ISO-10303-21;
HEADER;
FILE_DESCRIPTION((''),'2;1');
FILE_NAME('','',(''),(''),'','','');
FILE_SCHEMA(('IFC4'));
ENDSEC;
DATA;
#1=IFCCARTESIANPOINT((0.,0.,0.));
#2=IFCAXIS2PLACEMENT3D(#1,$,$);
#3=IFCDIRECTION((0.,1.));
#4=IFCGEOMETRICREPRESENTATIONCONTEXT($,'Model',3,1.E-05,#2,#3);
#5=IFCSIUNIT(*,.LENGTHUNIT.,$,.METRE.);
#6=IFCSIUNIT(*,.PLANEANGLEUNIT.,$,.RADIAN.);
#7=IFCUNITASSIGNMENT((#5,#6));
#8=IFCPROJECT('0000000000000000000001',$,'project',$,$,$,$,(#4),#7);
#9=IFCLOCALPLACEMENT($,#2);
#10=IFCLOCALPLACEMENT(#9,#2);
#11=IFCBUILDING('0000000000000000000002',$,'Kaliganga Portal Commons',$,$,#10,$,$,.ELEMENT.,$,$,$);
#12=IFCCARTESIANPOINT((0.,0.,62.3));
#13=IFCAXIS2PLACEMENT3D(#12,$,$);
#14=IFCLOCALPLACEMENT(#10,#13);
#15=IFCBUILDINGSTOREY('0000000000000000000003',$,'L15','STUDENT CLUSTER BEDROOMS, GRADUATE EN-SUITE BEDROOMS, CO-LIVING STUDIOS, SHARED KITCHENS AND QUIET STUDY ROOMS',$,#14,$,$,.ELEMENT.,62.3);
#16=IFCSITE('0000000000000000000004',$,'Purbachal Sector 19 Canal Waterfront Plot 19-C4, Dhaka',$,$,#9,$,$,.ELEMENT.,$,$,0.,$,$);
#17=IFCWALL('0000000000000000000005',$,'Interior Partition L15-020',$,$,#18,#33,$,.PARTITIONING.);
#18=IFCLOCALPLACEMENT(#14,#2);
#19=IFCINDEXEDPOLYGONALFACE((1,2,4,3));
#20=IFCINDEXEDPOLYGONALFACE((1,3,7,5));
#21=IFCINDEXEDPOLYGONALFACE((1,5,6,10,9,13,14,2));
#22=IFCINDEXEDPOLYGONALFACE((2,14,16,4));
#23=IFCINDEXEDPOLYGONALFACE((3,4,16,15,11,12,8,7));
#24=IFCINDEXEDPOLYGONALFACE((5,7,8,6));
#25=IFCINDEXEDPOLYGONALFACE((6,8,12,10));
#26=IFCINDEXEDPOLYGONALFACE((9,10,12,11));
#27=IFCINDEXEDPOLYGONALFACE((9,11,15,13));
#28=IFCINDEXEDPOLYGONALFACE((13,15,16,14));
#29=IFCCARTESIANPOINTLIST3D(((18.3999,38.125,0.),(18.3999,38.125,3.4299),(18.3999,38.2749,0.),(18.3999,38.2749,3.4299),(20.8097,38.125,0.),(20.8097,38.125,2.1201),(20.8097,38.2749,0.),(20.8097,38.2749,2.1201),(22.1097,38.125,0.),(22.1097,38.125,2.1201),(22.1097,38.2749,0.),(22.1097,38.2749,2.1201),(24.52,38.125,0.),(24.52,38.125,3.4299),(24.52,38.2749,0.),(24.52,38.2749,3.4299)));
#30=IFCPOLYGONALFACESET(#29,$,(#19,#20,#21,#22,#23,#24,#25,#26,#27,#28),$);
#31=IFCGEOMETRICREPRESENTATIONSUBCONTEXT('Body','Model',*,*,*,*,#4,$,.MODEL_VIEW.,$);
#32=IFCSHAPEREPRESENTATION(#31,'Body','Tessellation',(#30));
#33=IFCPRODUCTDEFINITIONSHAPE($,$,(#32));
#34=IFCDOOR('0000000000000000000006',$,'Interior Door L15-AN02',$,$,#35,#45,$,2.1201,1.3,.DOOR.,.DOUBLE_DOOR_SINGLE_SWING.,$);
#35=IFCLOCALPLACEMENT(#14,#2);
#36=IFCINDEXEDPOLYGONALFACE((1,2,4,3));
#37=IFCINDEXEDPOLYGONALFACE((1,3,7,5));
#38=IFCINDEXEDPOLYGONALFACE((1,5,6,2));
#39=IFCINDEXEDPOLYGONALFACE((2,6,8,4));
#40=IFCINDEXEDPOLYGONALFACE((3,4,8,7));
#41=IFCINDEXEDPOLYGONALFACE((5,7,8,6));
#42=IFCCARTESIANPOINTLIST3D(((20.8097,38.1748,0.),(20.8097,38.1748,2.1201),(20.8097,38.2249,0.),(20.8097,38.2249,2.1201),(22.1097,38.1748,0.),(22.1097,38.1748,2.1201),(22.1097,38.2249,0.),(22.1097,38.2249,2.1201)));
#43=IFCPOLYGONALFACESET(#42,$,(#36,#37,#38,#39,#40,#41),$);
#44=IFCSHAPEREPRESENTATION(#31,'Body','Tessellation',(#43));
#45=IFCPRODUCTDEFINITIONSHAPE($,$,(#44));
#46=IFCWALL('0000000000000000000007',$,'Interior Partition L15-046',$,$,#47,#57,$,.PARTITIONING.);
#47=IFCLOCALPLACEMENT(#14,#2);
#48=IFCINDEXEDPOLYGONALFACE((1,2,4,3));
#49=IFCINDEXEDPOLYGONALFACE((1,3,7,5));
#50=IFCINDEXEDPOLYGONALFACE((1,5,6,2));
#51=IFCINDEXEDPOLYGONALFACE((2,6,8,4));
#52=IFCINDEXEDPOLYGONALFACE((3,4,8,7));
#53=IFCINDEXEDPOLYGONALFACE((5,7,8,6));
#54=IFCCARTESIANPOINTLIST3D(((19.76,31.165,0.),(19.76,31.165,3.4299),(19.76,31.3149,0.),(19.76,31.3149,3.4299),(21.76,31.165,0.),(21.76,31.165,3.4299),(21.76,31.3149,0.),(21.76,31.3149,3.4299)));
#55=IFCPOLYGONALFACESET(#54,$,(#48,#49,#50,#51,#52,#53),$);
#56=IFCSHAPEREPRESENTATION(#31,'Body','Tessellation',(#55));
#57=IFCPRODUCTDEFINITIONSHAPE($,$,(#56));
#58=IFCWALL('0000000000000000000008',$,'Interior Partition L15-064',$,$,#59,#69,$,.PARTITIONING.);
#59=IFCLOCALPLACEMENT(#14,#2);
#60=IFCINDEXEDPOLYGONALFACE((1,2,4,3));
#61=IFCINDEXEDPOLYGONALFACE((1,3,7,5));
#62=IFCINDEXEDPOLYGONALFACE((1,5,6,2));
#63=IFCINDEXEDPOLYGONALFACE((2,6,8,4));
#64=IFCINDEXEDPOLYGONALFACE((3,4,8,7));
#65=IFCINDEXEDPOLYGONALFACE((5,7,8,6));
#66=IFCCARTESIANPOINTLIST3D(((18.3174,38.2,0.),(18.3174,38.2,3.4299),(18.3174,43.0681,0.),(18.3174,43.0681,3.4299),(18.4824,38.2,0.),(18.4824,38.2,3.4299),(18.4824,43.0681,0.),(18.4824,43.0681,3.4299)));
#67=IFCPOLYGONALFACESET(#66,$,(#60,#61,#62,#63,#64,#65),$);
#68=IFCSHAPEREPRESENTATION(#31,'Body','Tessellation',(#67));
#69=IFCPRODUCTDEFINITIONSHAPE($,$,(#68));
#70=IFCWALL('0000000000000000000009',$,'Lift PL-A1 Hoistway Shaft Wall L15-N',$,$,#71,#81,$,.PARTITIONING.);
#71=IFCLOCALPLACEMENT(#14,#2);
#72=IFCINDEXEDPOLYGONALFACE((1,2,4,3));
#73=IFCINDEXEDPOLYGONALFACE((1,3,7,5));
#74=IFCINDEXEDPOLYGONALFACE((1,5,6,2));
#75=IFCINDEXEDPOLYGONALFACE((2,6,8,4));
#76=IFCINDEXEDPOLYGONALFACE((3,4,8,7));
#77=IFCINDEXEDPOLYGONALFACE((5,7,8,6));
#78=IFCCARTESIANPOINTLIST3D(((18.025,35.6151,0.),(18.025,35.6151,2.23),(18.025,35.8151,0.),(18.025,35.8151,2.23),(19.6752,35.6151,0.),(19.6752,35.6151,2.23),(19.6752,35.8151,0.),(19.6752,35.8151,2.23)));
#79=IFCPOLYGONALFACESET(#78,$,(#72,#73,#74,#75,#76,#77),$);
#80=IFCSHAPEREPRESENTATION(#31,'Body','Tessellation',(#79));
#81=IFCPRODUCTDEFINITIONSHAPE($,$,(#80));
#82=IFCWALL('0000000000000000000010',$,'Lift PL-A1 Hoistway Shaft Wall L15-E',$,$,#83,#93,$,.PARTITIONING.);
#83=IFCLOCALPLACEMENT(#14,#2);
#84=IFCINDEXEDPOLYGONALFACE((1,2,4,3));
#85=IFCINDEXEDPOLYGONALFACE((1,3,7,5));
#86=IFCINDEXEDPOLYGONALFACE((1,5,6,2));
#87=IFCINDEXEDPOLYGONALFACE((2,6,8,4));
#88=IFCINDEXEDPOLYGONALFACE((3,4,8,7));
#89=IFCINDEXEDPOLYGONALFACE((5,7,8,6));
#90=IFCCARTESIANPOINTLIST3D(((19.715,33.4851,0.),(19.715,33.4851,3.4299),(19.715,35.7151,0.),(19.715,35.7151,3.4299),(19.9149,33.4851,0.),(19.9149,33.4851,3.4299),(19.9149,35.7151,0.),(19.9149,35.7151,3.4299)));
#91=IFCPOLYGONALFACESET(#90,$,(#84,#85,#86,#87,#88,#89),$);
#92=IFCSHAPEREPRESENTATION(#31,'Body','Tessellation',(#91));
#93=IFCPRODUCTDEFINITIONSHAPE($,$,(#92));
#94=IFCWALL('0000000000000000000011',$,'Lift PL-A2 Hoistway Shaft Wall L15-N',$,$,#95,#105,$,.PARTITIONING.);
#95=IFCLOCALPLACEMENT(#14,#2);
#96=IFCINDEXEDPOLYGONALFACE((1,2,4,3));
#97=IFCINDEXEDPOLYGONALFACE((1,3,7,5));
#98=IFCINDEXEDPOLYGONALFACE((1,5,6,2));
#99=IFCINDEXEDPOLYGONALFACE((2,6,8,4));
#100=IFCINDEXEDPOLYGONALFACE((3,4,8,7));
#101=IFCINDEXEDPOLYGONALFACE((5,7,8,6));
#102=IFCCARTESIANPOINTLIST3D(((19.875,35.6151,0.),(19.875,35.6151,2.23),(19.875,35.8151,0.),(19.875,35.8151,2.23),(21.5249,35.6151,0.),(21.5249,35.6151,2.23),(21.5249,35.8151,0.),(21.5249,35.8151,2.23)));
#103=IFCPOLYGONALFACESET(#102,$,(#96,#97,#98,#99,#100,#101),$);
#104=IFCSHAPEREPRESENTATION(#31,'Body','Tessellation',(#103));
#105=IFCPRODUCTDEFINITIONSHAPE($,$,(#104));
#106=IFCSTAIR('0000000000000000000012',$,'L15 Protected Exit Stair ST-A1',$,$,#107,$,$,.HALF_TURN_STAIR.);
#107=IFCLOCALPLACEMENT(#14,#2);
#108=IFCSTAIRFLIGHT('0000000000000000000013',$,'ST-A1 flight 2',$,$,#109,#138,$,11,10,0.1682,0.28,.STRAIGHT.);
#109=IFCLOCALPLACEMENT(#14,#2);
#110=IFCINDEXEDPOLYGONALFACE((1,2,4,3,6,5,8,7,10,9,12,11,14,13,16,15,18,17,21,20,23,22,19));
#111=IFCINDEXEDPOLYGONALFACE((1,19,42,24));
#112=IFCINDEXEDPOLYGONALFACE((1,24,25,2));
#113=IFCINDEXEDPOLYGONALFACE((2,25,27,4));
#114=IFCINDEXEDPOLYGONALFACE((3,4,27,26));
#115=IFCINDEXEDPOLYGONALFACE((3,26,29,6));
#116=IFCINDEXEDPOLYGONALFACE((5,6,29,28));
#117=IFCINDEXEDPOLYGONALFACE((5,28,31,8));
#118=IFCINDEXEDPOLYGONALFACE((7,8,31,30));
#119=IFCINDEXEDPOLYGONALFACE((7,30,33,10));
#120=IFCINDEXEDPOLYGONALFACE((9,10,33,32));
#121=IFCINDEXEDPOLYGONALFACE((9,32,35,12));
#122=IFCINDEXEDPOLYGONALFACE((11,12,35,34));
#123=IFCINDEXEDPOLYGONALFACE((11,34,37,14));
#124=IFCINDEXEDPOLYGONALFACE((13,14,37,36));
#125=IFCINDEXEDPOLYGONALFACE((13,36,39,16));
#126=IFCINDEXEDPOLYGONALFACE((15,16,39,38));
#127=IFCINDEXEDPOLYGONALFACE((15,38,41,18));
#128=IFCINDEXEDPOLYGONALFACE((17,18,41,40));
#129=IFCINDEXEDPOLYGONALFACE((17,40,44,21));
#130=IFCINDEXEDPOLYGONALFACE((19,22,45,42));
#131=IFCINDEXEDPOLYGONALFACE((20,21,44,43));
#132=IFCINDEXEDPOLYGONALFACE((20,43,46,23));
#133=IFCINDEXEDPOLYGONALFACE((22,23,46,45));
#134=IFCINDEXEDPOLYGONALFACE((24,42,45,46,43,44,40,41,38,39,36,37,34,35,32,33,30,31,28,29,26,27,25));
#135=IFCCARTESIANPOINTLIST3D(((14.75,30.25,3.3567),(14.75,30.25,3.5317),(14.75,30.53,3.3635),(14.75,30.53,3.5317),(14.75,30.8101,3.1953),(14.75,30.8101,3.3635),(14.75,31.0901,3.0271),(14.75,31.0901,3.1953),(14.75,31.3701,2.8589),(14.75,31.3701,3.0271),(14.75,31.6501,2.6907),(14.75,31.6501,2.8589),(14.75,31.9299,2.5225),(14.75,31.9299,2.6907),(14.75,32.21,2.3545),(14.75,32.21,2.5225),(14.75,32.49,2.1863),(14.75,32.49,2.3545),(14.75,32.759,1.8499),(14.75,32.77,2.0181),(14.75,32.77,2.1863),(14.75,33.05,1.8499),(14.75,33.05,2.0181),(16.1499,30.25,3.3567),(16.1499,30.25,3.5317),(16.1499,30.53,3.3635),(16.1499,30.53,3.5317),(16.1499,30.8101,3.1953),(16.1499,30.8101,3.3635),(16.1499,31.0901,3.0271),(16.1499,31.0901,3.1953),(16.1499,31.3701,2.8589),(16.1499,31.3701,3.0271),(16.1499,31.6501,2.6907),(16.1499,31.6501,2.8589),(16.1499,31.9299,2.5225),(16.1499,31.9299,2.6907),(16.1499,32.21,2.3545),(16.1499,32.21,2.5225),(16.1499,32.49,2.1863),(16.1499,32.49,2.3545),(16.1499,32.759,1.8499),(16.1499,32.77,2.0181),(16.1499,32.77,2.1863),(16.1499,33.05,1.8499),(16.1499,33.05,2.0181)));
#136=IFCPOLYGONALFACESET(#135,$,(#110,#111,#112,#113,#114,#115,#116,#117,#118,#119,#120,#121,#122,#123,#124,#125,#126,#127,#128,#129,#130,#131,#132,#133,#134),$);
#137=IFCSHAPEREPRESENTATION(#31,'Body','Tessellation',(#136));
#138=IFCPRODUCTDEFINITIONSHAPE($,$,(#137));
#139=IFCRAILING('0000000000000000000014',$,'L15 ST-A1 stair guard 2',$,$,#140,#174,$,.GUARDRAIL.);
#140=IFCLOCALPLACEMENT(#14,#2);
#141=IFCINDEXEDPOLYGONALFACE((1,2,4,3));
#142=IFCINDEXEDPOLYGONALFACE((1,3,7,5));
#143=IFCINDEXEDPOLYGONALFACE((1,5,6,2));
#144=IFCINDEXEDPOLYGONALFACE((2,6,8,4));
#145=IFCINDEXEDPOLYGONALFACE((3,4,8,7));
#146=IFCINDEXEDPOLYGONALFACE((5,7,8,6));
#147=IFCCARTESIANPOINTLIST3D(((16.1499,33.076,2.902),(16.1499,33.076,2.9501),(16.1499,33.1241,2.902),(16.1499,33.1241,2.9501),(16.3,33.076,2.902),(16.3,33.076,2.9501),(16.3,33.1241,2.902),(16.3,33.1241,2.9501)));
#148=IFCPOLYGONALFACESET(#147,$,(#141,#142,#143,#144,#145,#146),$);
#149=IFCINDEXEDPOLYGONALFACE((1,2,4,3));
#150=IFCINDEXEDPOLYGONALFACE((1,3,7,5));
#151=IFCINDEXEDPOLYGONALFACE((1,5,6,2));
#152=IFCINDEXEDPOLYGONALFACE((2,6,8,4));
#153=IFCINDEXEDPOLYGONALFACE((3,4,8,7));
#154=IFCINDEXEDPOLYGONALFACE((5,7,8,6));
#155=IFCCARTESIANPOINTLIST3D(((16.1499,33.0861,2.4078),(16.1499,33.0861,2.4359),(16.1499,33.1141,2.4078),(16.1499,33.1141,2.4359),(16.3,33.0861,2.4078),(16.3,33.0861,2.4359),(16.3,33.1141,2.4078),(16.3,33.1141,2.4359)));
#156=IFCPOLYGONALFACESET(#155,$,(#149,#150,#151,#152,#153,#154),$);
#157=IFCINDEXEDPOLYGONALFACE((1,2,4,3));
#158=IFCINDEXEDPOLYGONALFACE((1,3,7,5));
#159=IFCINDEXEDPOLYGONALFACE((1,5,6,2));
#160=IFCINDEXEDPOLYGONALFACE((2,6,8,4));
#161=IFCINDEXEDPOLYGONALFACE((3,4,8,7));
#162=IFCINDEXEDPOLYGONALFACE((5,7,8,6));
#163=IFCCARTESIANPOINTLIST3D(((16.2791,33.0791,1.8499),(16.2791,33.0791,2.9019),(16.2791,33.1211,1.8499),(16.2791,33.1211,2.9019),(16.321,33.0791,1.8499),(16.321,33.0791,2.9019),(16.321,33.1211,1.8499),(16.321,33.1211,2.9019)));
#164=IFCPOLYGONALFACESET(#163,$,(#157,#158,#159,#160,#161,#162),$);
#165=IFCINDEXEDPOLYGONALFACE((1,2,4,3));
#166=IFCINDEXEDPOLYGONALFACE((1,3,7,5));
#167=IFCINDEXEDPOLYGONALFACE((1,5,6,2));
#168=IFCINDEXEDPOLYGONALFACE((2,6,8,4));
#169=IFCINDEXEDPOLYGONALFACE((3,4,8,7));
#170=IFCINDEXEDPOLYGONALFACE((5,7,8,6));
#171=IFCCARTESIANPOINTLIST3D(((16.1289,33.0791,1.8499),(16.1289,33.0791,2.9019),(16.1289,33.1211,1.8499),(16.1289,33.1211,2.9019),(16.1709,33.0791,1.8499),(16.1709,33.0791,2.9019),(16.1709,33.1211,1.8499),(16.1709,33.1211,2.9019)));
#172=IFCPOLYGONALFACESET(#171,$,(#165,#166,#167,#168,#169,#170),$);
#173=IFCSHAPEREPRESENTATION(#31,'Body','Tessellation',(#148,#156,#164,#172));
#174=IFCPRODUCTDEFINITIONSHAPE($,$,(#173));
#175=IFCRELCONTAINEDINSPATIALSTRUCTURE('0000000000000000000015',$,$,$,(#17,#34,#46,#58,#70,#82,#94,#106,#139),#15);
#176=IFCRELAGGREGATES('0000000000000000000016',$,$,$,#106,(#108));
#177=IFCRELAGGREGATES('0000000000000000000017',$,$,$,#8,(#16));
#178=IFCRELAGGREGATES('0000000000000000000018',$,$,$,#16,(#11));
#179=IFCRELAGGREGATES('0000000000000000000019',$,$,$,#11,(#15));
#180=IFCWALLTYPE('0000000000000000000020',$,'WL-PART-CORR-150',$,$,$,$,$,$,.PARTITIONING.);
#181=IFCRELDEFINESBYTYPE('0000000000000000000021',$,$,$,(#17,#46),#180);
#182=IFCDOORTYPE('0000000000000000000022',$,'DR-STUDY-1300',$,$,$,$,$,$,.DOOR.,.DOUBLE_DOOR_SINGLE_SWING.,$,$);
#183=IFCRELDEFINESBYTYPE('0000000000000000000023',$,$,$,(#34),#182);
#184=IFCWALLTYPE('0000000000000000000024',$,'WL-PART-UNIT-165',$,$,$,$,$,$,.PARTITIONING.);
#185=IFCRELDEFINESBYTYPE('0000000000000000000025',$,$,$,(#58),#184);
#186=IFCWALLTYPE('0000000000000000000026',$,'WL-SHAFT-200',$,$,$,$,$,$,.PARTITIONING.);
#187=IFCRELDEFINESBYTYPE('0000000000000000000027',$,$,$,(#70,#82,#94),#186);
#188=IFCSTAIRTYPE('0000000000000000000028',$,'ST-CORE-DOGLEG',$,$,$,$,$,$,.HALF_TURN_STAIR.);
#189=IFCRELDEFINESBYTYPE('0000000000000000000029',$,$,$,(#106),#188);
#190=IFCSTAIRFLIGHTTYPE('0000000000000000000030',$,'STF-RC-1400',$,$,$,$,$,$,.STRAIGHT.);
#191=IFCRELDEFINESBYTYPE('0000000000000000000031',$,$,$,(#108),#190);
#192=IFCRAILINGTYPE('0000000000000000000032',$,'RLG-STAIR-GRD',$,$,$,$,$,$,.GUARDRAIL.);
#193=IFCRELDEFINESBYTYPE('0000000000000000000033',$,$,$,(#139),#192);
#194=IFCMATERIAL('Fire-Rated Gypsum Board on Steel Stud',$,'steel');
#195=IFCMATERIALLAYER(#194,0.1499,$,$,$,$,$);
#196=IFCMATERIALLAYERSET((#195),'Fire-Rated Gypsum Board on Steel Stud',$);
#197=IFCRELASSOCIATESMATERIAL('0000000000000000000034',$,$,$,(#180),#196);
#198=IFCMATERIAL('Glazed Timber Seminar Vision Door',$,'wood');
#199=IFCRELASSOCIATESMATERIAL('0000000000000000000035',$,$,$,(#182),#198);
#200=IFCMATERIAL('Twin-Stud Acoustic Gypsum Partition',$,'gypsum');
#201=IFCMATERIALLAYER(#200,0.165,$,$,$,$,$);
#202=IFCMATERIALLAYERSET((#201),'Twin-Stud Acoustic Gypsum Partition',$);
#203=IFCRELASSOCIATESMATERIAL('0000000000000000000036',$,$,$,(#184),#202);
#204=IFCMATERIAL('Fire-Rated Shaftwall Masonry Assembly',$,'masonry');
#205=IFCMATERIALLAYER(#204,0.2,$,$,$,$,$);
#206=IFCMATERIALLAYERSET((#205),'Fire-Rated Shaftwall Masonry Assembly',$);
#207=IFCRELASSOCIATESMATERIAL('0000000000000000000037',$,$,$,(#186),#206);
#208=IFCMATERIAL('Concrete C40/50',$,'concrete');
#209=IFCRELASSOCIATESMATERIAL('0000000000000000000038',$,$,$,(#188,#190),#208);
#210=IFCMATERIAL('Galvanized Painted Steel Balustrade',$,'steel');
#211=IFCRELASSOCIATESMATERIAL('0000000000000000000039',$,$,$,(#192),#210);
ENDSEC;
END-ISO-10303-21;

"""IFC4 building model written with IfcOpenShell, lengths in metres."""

from ifc_helpers import new_model, si_unit, direction, frame, frame_2d, origin, origin_2d, place, context, subcontext, project, spatial, polyline, rectangle, outline, extrude, material, layer, layer_set, type_object, element, fill, aggregate, save


model = new_model("IFC4")

# Units and contexts
model_context = context("Model", 3, precision=1e-05, world=origin(), true_north=direction((0.0, 1.0)))
body_context = subcontext(model_context, "Body", "Model", "MODEL_VIEW")
ifc_project = project(units=[si_unit("LENGTHUNIT", "METRE"), si_unit("PLANEANGLEUNIT", "RADIAN")], contexts=[model_context])

# Site, building, storey
site_placement = place(None, origin())
site = spatial("IfcSite", under=ifc_project, at=site_placement, Name="Purbachal Sector 19 Canal Waterfront Plot 19-C4, Dhaka", CompositionType="ELEMENT", RefElevation=0.0)
building_placement = place(site_placement, origin())
building = spatial("IfcBuilding", under=site, at=building_placement, Name="Kaliganga Portal Commons", CompositionType="ELEMENT")
storey_placement = place(building_placement, frame((0.0, 0.0, 62.3)))
storey = spatial("IfcBuildingStorey", under=building, at=storey_placement, Name="L15", Description="STUDENT CLUSTER BEDROOMS, GRADUATE EN-SUITE BEDROOMS, CO-LIVING STUDIOS, SHARED KITCHENS AND QUIET STUDY ROOMS", CompositionType="ELEMENT", Elevation=62.3)

# Wall, opening, door
ifc_material_1 = material(Name="Fire-Rated Gypsum Board on Steel Stud", Category="steel")
ifc_layer_1 = layer(ifc_material_1, 0.1499)
ifc_layer_set_1 = layer_set([ifc_layer_1], Name="Fire-Rated Gypsum Board on Steel Stud")
wall_type_1 = type_object("IfcWallType", Name="WL-PART-CORR-150", PredefinedType="PARTITIONING", material=ifc_layer_set_1)
wall_1_placement = place(storey_placement, frame((18.3999, 38.2, 0.0), z_axis=(0.0, 0.0, 1.0), x_axis=(1.0, 0.0, 0.0)))
wall_1 = element("IfcWall", 1, at=wall_1_placement, inside=storey, type_object=wall_type_1, Name="Interior Partition L15-020", PredefinedType="PARTITIONING", context=body_context, shape_type="SweptSolid", body=[
    extrude(rectangle(XDim=6.1201, YDim=0.1499, at=frame_2d((3.0601, 0.0))), origin(), (0.0, 0.0, 1.0), 3.4299),
])
opening_1_placement = place(wall_1_placement, frame((2.4099, 0.0, 0.0)))
opening_1 = element("IfcOpeningElement", 2, at=opening_1_placement, cuts=wall_1, PredefinedType="OPENING", context=body_context, shape_type="SweptSolid", body=[
    extrude(rectangle(XDim=1.3, YDim=2.1201, at=frame_2d((0.6499, 1.0601))), frame((0.0, 0.085, 0.0), z_axis=(0.0, -1.0, 0.0), x_axis=(1.0, 0.0, 0.0)), (0.0, 0.0, 1.0), 0.1699),
])
ifc_material_2 = material(Name="Glazed Timber Seminar Vision Door", Category="wood")
door_type_1 = type_object("IfcDoorType", Name="DR-STUDY-1300", OperationType="DOUBLE_DOOR_SINGLE_SWING", PredefinedType="DOOR", material=ifc_material_2)
door_1_placement = place(opening_1_placement, origin())
door_1 = element("IfcDoor", 3, at=door_1_placement, inside=storey, type_object=door_type_1, Name="Interior Door L15-AN02", OperationType="DOUBLE_DOOR_SINGLE_SWING", OverallHeight=2.1201, OverallWidth=1.3, PredefinedType="DOOR", context=body_context, shape_type="SweptSolid", body=[
    extrude(rectangle(XDim=1.3, YDim=2.1201, at=frame_2d((0.6499, 1.0601))), frame((0.0, 0.0249, 0.0), z_axis=(0.0, -1.0, 0.0), x_axis=(1.0, 0.0, 0.0)), (0.0, 0.0, 1.0), 0.05),
])
fill(opening_1, door_1)

# Walls
wall_2_placement = place(storey_placement, frame((19.76, 31.24, 0.0), z_axis=(0.0, 0.0, 1.0), x_axis=(1.0, 0.0, 0.0)))
element("IfcWall", 4, at=wall_2_placement, inside=storey, type_object=wall_type_1, Name="Interior Partition L15-046", PredefinedType="PARTITIONING", context=body_context, shape_type="SweptSolid", body=[
    extrude(rectangle(XDim=2.0, YDim=0.1499, at=frame_2d((1.0, 0.0))), origin(), (0.0, 0.0, 1.0), 3.4299),
])
ifc_material_3 = material(Name="Twin-Stud Acoustic Gypsum Partition", Category="gypsum")
ifc_layer_2 = layer(ifc_material_3, 0.165)
ifc_layer_set_2 = layer_set([ifc_layer_2], Name="Twin-Stud Acoustic Gypsum Partition")
wall_type_2 = type_object("IfcWallType", Name="WL-PART-UNIT-165", PredefinedType="PARTITIONING", material=ifc_layer_set_2)
wall_3_placement = place(storey_placement, frame((18.3999, 38.2, 0.0), z_axis=(0.0, 0.0, 1.0), x_axis=(0.0, 1.0, 0.0)))
element("IfcWall", 5, at=wall_3_placement, inside=storey, type_object=wall_type_2, Name="Interior Partition L15-064", PredefinedType="PARTITIONING", context=body_context, shape_type="SweptSolid", body=[
    extrude(rectangle(XDim=4.8682, YDim=0.165, at=frame_2d((2.4341, 0.0))), origin(), (0.0, 0.0, 1.0), 3.4299),
])

# Shared definitions
ifc_material_4 = material(Name="Fire-Rated Shaftwall Masonry Assembly", Category="masonry")
ifc_layer_3 = layer(ifc_material_4, 0.2)
ifc_layer_set_3 = layer_set([ifc_layer_3], Name="Fire-Rated Shaftwall Masonry Assembly")
wall_type_3 = type_object("IfcWallType", Name="WL-SHAFT-200", PredefinedType="PARTITIONING", material=ifc_layer_set_3)

# Walls
wall_4_placement = place(storey_placement, frame((18.0249, 35.7151, 0.0), z_axis=(0.0, 0.0, 1.0), x_axis=(1.0, 0.0, 0.0)))
element("IfcWall", 6, at=wall_4_placement, inside=storey, type_object=wall_type_3, Name="Lift PL-A1 Hoistway Shaft Wall L15-N", PredefinedType="PARTITIONING", context=body_context, shape_type="SweptSolid", body=[
    extrude(rectangle(XDim=1.6501, YDim=0.2, at=frame_2d((0.8252, 0.0))), origin(), (0.0, 0.0, 1.0), 2.23),
])
wall_5_placement = place(storey_placement, frame((19.8149, 33.4851, 0.0), z_axis=(0.0, 0.0, 1.0), x_axis=(0.0, 1.0, 0.0)))
element("IfcWall", 7, at=wall_5_placement, inside=storey, type_object=wall_type_3, Name="Lift PL-A1 Hoistway Shaft Wall L15-E", PredefinedType="PARTITIONING", context=body_context, shape_type="SweptSolid", body=[
    extrude(rectangle(XDim=2.23, YDim=0.2, at=frame_2d((1.115, 0.0))), origin(), (0.0, 0.0, 1.0), 3.4299),
])

# Wall
wall_6_placement = place(storey_placement, frame((19.875, 35.7151, 0.0), z_axis=(0.0, 0.0, 1.0), x_axis=(1.0, 0.0, 0.0)))
element("IfcWall", 8, at=wall_6_placement, inside=storey, type_object=wall_type_3, Name="Lift PL-A2 Hoistway Shaft Wall L15-N", PredefinedType="PARTITIONING", context=body_context, shape_type="SweptSolid", body=[
    extrude(rectangle(XDim=1.6499, YDim=0.2, at=frame_2d((0.825, 0.0))), origin(), (0.0, 0.0, 1.0), 2.23),
])

# Stair, stair flight
ifc_material_5 = material(Name="Concrete C40/50", Category="concrete")
stair_type = type_object("IfcStairType", Name="ST-CORE-DOGLEG", PredefinedType="HALF_TURN_STAIR", material=ifc_material_5)
stair_placement = place(storey_placement, origin())
stair = element("IfcStair", 9, at=stair_placement, inside=storey, type_object=stair_type, Name="L15 Protected Exit Stair ST-A1", PredefinedType="HALF_TURN_STAIR")
stair_flight_type = type_object("IfcStairFlightType", Name="STF-RC-1400", PredefinedType="STRAIGHT", material=ifc_material_5)
stair_flight_placement = place(storey_placement, frame((15.45, 33.05, 1.8499), z_axis=(0.0, 0.0, 1.0), x_axis=(0.0, -1.0, 0.0)))
stair_flight = element("IfcStairFlight", 10, at=stair_flight_placement, type_object=stair_flight_type, Name="ST-A1 flight 2", NumberOfRisers=11, NumberOfTreads=10, PredefinedType="STRAIGHT", RiserHeight=0.1682, TreadLength=0.28, context=body_context, shape_type="SweptSolid", body=[
    extrude(outline(polyline([(0.0, 0.0), (0.0, 0.1682), (0.28, 0.1682), (0.28, 0.3364), (0.5601, 0.3364), (0.5601, 0.5046), (0.8401, 0.5046), (0.8401, 0.6726), (1.1201, 0.6726), (1.1201, 0.8408), (1.3999, 0.8408), (1.3999, 1.009), (1.6799, 1.009), (1.6799, 1.1772), (1.96, 1.1772), (1.96, 1.3455), (2.24, 1.3455), (2.24, 1.5137), (2.52, 1.5137), (2.52, 1.6819), (2.8, 1.6819), (2.8, 1.8501), (2.8, 1.5068), (0.291, 0.0), (0.0, 0.0)])), frame((0.0, 0.7, 0.0), z_axis=(0.0, -1.0, 0.0), x_axis=(1.0, 0.0, 0.0)), (0.0, 0.0, 1.0), 1.3999),
])
aggregate(stair, [stair_flight])

# Railing
ifc_material_6 = material(Name="Galvanized Painted Steel Balustrade", Category="steel")
railing_type_1 = type_object("IfcRailingType", Name="RLG-STAIR-GRD", PredefinedType="GUARDRAIL", material=ifc_material_6)
railing_1_placement = place(storey_placement, frame((16.3, 33.1001, 1.8499)))
element("IfcRailing", 11, at=railing_1_placement, inside=storey, type_object=railing_type_1, Name="L15 ST-A1 stair guard 2", PredefinedType="GUARDRAIL", context=body_context, shape_type="SweptSolid", body=[
    extrude(rectangle(XDim=0.0481, YDim=0.0481, at=origin_2d()), frame((0.0, 0.0, 1.0762), z_axis=(-1.0, 0.0, 0.0), x_axis=(0.0, -1.0, 0.0)), (0.0, 0.0, 1.0), 0.1501),
    extrude(rectangle(XDim=0.0281, YDim=0.0281, at=origin_2d()), frame((0.0, 0.0, 0.572), z_axis=(-1.0, 0.0, 0.0), x_axis=(0.0, -1.0, 0.0)), (0.0, 0.0, 1.0), 0.1501),
    extrude(rectangle(XDim=0.042, YDim=0.042, at=origin_2d()), origin(), (0.0, 0.0, 1.0), 1.052),
    extrude(rectangle(XDim=0.042, YDim=0.042, at=origin_2d()), frame((-0.1501, 0.0, 0.0)), (0.0, 0.0, 1.0), 1.052),
])

save(model, "model.ifc")
